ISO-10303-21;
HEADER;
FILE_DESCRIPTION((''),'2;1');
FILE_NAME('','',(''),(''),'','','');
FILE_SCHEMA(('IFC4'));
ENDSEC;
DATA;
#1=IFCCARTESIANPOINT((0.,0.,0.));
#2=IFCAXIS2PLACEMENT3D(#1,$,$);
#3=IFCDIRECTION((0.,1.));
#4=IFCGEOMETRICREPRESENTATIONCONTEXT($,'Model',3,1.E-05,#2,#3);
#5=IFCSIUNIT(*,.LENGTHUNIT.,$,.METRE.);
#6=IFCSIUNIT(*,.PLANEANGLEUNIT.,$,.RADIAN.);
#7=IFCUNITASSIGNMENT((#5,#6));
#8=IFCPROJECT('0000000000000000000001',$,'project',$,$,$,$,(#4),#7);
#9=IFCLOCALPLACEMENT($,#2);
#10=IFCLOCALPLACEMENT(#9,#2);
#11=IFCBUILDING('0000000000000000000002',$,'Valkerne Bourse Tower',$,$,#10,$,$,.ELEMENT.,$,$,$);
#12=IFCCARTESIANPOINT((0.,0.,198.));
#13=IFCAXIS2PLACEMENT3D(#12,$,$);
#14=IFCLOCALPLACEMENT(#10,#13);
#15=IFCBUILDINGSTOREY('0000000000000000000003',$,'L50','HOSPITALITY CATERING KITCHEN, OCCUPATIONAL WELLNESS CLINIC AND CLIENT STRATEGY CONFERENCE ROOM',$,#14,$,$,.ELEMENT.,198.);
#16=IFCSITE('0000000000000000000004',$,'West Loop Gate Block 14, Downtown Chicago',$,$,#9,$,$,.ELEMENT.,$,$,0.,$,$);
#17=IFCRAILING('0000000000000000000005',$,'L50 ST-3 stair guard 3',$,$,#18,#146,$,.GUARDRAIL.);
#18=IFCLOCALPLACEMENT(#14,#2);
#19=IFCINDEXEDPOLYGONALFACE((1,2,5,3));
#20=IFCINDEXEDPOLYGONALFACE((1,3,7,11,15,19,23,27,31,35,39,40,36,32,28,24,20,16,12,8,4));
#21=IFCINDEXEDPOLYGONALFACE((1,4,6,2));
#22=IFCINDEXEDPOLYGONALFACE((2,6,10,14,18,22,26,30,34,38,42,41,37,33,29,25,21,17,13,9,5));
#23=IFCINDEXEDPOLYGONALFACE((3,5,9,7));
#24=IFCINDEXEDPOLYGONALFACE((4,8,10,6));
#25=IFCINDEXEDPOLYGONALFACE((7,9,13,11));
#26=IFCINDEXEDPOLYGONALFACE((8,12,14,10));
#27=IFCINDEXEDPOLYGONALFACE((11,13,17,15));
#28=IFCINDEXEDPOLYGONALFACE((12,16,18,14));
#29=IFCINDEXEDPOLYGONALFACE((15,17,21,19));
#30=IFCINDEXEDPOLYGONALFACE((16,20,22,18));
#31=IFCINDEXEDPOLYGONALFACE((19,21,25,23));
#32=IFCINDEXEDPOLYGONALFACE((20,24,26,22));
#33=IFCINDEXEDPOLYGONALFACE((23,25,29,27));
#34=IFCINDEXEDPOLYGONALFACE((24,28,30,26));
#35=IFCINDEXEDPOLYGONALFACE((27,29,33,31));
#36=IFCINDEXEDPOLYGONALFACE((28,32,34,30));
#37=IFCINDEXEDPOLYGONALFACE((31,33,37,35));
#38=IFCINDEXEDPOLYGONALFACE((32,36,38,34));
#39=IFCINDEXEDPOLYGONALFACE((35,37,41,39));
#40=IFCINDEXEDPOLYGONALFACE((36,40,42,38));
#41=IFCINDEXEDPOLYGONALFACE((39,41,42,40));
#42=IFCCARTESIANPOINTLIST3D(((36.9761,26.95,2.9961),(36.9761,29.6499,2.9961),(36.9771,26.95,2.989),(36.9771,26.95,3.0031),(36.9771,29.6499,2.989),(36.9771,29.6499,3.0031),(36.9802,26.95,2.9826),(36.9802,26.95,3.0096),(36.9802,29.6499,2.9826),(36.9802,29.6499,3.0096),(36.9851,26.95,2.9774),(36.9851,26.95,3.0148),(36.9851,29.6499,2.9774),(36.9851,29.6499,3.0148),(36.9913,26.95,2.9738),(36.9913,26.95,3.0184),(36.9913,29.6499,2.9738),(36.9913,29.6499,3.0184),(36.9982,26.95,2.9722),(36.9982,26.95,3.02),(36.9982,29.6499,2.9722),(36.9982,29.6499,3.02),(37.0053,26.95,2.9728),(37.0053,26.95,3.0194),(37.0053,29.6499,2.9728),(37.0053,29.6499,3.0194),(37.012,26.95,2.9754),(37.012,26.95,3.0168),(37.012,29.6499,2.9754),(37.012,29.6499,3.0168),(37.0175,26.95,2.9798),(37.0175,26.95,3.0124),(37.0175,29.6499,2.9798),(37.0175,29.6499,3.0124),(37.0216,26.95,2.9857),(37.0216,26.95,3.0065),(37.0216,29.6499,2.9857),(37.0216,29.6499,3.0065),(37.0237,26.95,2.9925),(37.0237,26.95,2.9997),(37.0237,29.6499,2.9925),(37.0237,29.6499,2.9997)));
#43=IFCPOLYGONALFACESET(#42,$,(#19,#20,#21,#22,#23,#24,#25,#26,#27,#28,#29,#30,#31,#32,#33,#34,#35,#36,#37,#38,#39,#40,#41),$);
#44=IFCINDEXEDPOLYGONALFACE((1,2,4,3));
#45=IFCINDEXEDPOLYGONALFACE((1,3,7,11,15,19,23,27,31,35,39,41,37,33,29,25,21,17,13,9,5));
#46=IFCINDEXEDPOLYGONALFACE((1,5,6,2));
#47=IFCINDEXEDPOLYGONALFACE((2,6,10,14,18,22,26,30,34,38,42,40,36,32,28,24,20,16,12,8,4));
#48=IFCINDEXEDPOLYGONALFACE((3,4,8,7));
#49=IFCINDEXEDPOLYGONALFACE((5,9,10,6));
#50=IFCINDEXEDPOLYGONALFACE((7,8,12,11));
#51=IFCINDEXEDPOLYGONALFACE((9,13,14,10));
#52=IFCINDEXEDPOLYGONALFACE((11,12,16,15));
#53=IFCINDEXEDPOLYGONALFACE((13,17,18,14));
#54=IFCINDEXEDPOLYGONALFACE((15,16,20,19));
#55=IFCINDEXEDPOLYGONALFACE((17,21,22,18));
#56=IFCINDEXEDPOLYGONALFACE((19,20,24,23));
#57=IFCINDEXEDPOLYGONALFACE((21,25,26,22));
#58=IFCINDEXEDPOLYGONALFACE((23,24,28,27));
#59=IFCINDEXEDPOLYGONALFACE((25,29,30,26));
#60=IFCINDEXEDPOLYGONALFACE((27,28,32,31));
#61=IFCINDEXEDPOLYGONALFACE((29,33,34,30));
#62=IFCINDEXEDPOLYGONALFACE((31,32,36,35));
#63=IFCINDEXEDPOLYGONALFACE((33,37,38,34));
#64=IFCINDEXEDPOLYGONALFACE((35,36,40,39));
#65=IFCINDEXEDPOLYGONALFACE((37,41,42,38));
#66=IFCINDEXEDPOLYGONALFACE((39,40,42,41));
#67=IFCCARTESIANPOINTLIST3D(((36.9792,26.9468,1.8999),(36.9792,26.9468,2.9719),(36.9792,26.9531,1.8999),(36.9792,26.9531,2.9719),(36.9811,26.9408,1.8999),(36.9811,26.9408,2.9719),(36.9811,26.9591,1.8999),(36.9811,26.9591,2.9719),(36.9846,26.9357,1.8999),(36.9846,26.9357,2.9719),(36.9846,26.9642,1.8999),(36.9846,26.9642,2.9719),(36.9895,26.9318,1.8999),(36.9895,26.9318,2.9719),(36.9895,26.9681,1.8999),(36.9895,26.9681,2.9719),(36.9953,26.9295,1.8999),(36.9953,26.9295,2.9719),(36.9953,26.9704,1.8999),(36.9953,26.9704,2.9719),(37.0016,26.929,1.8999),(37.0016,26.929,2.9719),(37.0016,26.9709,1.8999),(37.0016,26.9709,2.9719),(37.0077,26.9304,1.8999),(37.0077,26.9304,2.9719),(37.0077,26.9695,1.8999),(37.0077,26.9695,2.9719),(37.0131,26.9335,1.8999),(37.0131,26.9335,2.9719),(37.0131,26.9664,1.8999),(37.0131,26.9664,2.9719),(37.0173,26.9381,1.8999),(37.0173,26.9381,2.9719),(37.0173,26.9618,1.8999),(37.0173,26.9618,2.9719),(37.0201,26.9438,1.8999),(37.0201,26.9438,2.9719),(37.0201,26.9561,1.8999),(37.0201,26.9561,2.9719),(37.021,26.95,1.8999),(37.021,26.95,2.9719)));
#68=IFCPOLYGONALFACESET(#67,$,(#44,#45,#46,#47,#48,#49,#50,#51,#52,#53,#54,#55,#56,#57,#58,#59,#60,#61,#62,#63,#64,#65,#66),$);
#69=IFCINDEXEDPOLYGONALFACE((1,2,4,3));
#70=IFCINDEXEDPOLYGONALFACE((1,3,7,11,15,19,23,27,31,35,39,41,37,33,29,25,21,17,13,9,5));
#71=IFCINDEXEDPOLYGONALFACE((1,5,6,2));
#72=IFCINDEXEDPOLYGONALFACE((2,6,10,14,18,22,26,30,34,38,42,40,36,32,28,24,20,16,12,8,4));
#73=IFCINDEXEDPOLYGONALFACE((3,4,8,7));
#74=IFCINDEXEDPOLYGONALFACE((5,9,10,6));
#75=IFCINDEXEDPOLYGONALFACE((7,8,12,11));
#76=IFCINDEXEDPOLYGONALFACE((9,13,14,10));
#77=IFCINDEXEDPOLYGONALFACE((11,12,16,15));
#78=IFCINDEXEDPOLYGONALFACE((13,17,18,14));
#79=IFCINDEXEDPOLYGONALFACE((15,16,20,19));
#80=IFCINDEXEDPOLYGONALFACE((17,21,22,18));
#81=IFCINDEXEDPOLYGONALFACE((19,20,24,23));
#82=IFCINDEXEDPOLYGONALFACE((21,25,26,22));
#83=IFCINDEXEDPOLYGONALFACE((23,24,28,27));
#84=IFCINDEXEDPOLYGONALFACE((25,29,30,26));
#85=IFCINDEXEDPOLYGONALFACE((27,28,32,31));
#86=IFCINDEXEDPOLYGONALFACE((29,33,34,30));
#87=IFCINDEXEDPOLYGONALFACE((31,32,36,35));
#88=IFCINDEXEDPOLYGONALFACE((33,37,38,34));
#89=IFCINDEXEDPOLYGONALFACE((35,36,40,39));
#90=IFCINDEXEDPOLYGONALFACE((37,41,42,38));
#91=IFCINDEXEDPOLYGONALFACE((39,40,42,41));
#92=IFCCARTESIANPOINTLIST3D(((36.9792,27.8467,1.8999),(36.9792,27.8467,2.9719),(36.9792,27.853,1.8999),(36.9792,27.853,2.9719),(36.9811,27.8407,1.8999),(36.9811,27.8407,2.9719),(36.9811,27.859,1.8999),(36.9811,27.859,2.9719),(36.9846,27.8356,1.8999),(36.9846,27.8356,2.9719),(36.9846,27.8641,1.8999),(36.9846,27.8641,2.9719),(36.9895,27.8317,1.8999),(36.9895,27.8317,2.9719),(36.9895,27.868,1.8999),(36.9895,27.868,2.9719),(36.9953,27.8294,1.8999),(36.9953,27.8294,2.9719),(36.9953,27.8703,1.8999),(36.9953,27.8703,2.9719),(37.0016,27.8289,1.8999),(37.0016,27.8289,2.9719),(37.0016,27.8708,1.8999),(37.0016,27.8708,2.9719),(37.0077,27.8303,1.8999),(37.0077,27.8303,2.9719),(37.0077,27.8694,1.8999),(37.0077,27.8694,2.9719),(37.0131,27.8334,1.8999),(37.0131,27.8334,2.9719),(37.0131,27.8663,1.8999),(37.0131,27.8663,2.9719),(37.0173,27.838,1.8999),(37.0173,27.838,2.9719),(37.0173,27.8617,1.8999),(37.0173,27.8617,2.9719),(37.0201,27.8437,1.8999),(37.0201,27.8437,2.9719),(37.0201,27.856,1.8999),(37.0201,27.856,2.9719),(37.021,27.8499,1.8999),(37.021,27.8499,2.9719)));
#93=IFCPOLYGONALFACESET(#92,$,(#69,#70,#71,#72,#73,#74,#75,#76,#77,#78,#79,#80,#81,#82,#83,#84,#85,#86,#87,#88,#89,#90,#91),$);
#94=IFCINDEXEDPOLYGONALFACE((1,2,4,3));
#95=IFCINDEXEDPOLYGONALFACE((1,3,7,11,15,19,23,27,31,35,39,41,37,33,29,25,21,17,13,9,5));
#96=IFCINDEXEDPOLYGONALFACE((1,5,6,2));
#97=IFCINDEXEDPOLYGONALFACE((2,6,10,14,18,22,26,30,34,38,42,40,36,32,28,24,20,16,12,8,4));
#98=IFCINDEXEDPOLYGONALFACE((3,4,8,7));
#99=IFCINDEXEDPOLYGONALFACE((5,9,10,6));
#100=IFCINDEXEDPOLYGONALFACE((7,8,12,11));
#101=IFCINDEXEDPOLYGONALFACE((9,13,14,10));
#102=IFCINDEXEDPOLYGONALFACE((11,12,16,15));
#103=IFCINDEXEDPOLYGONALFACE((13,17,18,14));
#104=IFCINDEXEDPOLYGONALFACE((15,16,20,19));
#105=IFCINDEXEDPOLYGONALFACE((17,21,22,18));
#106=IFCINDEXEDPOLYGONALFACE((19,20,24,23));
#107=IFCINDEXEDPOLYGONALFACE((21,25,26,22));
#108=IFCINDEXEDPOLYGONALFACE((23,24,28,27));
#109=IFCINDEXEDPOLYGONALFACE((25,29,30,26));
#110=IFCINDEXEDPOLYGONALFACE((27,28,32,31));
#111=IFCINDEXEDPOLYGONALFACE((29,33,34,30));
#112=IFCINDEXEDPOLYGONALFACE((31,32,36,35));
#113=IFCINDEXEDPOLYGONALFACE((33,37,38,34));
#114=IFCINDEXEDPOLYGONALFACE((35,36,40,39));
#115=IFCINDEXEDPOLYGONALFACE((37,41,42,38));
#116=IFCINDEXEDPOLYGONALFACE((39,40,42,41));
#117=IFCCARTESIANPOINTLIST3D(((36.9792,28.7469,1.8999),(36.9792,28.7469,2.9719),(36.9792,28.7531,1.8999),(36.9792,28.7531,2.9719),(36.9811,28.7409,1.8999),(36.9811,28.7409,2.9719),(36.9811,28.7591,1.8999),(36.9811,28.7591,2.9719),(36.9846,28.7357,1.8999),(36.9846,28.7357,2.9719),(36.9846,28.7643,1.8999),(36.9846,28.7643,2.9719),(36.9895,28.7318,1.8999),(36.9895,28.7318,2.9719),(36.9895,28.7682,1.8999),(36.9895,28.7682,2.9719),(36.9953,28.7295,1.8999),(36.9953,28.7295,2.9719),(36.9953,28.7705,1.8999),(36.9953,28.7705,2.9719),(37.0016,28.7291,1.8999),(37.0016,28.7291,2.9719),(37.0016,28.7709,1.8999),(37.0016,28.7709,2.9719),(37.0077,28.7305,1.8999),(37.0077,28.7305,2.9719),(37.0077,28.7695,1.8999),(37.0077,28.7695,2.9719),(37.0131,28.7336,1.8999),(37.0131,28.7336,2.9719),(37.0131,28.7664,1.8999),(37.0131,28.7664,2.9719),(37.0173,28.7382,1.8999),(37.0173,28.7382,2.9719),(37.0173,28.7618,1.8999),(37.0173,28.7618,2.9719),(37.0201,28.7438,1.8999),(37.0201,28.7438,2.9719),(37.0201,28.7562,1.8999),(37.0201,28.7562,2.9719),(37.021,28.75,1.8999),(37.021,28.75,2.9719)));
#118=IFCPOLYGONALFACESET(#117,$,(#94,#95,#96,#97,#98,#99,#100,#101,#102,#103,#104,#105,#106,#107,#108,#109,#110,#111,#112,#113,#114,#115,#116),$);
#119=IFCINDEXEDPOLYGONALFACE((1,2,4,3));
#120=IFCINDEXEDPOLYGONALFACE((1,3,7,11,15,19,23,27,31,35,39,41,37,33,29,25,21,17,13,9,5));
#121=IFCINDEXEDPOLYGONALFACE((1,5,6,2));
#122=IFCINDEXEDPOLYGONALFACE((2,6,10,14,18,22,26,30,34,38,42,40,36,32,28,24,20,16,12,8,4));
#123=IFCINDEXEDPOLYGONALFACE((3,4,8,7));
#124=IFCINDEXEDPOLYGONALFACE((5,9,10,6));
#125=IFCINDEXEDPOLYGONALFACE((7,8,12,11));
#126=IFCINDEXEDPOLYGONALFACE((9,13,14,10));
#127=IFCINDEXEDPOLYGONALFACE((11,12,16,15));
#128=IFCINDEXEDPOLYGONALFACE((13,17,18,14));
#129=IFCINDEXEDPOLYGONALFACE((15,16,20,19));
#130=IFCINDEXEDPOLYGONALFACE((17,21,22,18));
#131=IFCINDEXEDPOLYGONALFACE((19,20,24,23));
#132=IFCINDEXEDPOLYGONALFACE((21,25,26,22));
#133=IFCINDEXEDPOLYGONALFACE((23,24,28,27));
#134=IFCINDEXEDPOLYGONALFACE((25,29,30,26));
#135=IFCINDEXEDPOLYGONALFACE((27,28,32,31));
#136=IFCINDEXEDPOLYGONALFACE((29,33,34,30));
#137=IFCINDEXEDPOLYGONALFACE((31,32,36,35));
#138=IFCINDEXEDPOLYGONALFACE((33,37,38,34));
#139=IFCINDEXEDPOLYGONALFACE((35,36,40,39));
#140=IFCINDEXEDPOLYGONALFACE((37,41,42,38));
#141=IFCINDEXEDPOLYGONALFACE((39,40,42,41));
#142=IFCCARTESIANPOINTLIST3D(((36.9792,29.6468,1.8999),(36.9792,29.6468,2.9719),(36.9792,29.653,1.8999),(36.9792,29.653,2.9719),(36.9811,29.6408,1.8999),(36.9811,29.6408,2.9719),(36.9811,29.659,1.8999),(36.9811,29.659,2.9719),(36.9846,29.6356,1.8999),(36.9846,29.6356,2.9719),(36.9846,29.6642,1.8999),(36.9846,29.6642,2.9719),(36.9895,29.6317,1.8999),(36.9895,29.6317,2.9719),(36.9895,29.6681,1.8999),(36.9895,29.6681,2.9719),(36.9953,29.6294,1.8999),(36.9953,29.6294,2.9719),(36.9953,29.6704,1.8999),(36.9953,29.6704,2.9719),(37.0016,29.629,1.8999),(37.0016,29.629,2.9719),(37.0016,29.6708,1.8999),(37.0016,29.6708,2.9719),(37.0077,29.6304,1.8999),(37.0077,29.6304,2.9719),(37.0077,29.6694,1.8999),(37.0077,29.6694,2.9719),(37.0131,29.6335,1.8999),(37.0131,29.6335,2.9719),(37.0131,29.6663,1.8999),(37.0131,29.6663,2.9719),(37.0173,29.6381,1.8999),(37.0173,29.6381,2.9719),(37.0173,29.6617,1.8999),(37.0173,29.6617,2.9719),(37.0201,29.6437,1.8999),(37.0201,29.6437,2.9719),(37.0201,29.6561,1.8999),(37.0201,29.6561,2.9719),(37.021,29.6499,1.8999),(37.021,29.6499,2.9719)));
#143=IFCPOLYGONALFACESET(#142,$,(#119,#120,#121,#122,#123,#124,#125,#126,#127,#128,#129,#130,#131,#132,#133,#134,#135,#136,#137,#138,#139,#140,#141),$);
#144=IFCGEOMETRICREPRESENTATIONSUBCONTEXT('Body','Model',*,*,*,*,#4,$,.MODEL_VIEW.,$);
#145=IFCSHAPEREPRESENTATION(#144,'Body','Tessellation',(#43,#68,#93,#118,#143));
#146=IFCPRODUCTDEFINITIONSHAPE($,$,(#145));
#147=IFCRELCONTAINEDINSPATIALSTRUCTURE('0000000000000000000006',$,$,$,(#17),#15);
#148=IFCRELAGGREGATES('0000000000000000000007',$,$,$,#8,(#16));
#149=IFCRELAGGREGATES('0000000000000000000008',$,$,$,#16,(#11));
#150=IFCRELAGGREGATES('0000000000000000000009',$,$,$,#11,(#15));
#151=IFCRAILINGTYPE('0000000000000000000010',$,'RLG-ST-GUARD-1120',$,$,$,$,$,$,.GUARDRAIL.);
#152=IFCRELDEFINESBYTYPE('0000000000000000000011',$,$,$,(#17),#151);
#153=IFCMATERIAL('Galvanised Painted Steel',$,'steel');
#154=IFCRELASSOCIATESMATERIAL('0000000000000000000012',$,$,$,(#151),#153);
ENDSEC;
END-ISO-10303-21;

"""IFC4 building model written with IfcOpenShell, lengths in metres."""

from ifc_helpers import new_model, si_unit, direction, frame, origin, origin_2d, place, context, subcontext, project, spatial, circle, extrude, material, type_object, element, save


model = new_model("IFC4")

# Units and contexts
model_context = context("Model", 3, precision=1e-05, world=origin(), true_north=direction((0.0, 1.0)))
body_context = subcontext(model_context, "Body", "Model", "MODEL_VIEW")
ifc_project = project(units=[si_unit("LENGTHUNIT", "METRE"), si_unit("PLANEANGLEUNIT", "RADIAN")], contexts=[model_context])

# Site, building, storey
site_placement = place(None, origin())
site = spatial("IfcSite", under=ifc_project, at=site_placement, Name="West Loop Gate Block 14, Downtown Chicago", CompositionType="ELEMENT", RefElevation=0.0)
building_placement = place(site_placement, origin())
building = spatial("IfcBuilding", under=site, at=building_placement, Name="Valkerne Bourse Tower", CompositionType="ELEMENT")
storey_placement = place(building_placement, frame((0.0, 0.0, 198.0)))
storey = spatial("IfcBuildingStorey", under=building, at=storey_placement, Name="L50", Description="HOSPITALITY CATERING KITCHEN, OCCUPATIONAL WELLNESS CLINIC AND CLIENT STRATEGY CONFERENCE ROOM", CompositionType="ELEMENT", Elevation=198.0)

# Railing
ifc_material_1 = material(Name="Galvanised Painted Steel", Category="steel")
railing_type_1 = type_object("IfcRailingType", Name="RLG-ST-GUARD-1120", PredefinedType="GUARDRAIL", material=ifc_material_1)
for number, where, name in (
    (1, (37.0, 26.95, 1.8999), "L50 ST-3 stair guard 3"),
):
    element("IfcRailing", number, at=place(storey_placement, frame(where)), inside=storey, type_object=railing_type_1, Name=name, PredefinedType="GUARDRAIL", context=body_context, shape_type="SweptSolid", body=[
        extrude(circle(Radius=0.0239, at=origin_2d()), frame((0.0, 0.0, 1.0962), z_axis=(0.0, 1.0, 0.0), x_axis=(-1.0, 0.0, 0.0)), (0.0, 0.0, 1.0), 2.7),
        extrude(circle(Radius=0.021, at=origin_2d()), origin(), (0.0, 0.0, 1.0), 1.072),
        extrude(circle(Radius=0.021, at=origin_2d()), frame((0.0, 0.8999, 0.0)), (0.0, 0.0, 1.0), 1.072),
        extrude(circle(Radius=0.021, at=origin_2d()), frame((0.0, 1.8, 0.0)), (0.0, 0.0, 1.0), 1.072),
        extrude(circle(Radius=0.021, at=origin_2d()), frame((0.0, 2.7, 0.0)), (0.0, 0.0, 1.0), 1.072),
    ])

save(model, "model.ifc")
